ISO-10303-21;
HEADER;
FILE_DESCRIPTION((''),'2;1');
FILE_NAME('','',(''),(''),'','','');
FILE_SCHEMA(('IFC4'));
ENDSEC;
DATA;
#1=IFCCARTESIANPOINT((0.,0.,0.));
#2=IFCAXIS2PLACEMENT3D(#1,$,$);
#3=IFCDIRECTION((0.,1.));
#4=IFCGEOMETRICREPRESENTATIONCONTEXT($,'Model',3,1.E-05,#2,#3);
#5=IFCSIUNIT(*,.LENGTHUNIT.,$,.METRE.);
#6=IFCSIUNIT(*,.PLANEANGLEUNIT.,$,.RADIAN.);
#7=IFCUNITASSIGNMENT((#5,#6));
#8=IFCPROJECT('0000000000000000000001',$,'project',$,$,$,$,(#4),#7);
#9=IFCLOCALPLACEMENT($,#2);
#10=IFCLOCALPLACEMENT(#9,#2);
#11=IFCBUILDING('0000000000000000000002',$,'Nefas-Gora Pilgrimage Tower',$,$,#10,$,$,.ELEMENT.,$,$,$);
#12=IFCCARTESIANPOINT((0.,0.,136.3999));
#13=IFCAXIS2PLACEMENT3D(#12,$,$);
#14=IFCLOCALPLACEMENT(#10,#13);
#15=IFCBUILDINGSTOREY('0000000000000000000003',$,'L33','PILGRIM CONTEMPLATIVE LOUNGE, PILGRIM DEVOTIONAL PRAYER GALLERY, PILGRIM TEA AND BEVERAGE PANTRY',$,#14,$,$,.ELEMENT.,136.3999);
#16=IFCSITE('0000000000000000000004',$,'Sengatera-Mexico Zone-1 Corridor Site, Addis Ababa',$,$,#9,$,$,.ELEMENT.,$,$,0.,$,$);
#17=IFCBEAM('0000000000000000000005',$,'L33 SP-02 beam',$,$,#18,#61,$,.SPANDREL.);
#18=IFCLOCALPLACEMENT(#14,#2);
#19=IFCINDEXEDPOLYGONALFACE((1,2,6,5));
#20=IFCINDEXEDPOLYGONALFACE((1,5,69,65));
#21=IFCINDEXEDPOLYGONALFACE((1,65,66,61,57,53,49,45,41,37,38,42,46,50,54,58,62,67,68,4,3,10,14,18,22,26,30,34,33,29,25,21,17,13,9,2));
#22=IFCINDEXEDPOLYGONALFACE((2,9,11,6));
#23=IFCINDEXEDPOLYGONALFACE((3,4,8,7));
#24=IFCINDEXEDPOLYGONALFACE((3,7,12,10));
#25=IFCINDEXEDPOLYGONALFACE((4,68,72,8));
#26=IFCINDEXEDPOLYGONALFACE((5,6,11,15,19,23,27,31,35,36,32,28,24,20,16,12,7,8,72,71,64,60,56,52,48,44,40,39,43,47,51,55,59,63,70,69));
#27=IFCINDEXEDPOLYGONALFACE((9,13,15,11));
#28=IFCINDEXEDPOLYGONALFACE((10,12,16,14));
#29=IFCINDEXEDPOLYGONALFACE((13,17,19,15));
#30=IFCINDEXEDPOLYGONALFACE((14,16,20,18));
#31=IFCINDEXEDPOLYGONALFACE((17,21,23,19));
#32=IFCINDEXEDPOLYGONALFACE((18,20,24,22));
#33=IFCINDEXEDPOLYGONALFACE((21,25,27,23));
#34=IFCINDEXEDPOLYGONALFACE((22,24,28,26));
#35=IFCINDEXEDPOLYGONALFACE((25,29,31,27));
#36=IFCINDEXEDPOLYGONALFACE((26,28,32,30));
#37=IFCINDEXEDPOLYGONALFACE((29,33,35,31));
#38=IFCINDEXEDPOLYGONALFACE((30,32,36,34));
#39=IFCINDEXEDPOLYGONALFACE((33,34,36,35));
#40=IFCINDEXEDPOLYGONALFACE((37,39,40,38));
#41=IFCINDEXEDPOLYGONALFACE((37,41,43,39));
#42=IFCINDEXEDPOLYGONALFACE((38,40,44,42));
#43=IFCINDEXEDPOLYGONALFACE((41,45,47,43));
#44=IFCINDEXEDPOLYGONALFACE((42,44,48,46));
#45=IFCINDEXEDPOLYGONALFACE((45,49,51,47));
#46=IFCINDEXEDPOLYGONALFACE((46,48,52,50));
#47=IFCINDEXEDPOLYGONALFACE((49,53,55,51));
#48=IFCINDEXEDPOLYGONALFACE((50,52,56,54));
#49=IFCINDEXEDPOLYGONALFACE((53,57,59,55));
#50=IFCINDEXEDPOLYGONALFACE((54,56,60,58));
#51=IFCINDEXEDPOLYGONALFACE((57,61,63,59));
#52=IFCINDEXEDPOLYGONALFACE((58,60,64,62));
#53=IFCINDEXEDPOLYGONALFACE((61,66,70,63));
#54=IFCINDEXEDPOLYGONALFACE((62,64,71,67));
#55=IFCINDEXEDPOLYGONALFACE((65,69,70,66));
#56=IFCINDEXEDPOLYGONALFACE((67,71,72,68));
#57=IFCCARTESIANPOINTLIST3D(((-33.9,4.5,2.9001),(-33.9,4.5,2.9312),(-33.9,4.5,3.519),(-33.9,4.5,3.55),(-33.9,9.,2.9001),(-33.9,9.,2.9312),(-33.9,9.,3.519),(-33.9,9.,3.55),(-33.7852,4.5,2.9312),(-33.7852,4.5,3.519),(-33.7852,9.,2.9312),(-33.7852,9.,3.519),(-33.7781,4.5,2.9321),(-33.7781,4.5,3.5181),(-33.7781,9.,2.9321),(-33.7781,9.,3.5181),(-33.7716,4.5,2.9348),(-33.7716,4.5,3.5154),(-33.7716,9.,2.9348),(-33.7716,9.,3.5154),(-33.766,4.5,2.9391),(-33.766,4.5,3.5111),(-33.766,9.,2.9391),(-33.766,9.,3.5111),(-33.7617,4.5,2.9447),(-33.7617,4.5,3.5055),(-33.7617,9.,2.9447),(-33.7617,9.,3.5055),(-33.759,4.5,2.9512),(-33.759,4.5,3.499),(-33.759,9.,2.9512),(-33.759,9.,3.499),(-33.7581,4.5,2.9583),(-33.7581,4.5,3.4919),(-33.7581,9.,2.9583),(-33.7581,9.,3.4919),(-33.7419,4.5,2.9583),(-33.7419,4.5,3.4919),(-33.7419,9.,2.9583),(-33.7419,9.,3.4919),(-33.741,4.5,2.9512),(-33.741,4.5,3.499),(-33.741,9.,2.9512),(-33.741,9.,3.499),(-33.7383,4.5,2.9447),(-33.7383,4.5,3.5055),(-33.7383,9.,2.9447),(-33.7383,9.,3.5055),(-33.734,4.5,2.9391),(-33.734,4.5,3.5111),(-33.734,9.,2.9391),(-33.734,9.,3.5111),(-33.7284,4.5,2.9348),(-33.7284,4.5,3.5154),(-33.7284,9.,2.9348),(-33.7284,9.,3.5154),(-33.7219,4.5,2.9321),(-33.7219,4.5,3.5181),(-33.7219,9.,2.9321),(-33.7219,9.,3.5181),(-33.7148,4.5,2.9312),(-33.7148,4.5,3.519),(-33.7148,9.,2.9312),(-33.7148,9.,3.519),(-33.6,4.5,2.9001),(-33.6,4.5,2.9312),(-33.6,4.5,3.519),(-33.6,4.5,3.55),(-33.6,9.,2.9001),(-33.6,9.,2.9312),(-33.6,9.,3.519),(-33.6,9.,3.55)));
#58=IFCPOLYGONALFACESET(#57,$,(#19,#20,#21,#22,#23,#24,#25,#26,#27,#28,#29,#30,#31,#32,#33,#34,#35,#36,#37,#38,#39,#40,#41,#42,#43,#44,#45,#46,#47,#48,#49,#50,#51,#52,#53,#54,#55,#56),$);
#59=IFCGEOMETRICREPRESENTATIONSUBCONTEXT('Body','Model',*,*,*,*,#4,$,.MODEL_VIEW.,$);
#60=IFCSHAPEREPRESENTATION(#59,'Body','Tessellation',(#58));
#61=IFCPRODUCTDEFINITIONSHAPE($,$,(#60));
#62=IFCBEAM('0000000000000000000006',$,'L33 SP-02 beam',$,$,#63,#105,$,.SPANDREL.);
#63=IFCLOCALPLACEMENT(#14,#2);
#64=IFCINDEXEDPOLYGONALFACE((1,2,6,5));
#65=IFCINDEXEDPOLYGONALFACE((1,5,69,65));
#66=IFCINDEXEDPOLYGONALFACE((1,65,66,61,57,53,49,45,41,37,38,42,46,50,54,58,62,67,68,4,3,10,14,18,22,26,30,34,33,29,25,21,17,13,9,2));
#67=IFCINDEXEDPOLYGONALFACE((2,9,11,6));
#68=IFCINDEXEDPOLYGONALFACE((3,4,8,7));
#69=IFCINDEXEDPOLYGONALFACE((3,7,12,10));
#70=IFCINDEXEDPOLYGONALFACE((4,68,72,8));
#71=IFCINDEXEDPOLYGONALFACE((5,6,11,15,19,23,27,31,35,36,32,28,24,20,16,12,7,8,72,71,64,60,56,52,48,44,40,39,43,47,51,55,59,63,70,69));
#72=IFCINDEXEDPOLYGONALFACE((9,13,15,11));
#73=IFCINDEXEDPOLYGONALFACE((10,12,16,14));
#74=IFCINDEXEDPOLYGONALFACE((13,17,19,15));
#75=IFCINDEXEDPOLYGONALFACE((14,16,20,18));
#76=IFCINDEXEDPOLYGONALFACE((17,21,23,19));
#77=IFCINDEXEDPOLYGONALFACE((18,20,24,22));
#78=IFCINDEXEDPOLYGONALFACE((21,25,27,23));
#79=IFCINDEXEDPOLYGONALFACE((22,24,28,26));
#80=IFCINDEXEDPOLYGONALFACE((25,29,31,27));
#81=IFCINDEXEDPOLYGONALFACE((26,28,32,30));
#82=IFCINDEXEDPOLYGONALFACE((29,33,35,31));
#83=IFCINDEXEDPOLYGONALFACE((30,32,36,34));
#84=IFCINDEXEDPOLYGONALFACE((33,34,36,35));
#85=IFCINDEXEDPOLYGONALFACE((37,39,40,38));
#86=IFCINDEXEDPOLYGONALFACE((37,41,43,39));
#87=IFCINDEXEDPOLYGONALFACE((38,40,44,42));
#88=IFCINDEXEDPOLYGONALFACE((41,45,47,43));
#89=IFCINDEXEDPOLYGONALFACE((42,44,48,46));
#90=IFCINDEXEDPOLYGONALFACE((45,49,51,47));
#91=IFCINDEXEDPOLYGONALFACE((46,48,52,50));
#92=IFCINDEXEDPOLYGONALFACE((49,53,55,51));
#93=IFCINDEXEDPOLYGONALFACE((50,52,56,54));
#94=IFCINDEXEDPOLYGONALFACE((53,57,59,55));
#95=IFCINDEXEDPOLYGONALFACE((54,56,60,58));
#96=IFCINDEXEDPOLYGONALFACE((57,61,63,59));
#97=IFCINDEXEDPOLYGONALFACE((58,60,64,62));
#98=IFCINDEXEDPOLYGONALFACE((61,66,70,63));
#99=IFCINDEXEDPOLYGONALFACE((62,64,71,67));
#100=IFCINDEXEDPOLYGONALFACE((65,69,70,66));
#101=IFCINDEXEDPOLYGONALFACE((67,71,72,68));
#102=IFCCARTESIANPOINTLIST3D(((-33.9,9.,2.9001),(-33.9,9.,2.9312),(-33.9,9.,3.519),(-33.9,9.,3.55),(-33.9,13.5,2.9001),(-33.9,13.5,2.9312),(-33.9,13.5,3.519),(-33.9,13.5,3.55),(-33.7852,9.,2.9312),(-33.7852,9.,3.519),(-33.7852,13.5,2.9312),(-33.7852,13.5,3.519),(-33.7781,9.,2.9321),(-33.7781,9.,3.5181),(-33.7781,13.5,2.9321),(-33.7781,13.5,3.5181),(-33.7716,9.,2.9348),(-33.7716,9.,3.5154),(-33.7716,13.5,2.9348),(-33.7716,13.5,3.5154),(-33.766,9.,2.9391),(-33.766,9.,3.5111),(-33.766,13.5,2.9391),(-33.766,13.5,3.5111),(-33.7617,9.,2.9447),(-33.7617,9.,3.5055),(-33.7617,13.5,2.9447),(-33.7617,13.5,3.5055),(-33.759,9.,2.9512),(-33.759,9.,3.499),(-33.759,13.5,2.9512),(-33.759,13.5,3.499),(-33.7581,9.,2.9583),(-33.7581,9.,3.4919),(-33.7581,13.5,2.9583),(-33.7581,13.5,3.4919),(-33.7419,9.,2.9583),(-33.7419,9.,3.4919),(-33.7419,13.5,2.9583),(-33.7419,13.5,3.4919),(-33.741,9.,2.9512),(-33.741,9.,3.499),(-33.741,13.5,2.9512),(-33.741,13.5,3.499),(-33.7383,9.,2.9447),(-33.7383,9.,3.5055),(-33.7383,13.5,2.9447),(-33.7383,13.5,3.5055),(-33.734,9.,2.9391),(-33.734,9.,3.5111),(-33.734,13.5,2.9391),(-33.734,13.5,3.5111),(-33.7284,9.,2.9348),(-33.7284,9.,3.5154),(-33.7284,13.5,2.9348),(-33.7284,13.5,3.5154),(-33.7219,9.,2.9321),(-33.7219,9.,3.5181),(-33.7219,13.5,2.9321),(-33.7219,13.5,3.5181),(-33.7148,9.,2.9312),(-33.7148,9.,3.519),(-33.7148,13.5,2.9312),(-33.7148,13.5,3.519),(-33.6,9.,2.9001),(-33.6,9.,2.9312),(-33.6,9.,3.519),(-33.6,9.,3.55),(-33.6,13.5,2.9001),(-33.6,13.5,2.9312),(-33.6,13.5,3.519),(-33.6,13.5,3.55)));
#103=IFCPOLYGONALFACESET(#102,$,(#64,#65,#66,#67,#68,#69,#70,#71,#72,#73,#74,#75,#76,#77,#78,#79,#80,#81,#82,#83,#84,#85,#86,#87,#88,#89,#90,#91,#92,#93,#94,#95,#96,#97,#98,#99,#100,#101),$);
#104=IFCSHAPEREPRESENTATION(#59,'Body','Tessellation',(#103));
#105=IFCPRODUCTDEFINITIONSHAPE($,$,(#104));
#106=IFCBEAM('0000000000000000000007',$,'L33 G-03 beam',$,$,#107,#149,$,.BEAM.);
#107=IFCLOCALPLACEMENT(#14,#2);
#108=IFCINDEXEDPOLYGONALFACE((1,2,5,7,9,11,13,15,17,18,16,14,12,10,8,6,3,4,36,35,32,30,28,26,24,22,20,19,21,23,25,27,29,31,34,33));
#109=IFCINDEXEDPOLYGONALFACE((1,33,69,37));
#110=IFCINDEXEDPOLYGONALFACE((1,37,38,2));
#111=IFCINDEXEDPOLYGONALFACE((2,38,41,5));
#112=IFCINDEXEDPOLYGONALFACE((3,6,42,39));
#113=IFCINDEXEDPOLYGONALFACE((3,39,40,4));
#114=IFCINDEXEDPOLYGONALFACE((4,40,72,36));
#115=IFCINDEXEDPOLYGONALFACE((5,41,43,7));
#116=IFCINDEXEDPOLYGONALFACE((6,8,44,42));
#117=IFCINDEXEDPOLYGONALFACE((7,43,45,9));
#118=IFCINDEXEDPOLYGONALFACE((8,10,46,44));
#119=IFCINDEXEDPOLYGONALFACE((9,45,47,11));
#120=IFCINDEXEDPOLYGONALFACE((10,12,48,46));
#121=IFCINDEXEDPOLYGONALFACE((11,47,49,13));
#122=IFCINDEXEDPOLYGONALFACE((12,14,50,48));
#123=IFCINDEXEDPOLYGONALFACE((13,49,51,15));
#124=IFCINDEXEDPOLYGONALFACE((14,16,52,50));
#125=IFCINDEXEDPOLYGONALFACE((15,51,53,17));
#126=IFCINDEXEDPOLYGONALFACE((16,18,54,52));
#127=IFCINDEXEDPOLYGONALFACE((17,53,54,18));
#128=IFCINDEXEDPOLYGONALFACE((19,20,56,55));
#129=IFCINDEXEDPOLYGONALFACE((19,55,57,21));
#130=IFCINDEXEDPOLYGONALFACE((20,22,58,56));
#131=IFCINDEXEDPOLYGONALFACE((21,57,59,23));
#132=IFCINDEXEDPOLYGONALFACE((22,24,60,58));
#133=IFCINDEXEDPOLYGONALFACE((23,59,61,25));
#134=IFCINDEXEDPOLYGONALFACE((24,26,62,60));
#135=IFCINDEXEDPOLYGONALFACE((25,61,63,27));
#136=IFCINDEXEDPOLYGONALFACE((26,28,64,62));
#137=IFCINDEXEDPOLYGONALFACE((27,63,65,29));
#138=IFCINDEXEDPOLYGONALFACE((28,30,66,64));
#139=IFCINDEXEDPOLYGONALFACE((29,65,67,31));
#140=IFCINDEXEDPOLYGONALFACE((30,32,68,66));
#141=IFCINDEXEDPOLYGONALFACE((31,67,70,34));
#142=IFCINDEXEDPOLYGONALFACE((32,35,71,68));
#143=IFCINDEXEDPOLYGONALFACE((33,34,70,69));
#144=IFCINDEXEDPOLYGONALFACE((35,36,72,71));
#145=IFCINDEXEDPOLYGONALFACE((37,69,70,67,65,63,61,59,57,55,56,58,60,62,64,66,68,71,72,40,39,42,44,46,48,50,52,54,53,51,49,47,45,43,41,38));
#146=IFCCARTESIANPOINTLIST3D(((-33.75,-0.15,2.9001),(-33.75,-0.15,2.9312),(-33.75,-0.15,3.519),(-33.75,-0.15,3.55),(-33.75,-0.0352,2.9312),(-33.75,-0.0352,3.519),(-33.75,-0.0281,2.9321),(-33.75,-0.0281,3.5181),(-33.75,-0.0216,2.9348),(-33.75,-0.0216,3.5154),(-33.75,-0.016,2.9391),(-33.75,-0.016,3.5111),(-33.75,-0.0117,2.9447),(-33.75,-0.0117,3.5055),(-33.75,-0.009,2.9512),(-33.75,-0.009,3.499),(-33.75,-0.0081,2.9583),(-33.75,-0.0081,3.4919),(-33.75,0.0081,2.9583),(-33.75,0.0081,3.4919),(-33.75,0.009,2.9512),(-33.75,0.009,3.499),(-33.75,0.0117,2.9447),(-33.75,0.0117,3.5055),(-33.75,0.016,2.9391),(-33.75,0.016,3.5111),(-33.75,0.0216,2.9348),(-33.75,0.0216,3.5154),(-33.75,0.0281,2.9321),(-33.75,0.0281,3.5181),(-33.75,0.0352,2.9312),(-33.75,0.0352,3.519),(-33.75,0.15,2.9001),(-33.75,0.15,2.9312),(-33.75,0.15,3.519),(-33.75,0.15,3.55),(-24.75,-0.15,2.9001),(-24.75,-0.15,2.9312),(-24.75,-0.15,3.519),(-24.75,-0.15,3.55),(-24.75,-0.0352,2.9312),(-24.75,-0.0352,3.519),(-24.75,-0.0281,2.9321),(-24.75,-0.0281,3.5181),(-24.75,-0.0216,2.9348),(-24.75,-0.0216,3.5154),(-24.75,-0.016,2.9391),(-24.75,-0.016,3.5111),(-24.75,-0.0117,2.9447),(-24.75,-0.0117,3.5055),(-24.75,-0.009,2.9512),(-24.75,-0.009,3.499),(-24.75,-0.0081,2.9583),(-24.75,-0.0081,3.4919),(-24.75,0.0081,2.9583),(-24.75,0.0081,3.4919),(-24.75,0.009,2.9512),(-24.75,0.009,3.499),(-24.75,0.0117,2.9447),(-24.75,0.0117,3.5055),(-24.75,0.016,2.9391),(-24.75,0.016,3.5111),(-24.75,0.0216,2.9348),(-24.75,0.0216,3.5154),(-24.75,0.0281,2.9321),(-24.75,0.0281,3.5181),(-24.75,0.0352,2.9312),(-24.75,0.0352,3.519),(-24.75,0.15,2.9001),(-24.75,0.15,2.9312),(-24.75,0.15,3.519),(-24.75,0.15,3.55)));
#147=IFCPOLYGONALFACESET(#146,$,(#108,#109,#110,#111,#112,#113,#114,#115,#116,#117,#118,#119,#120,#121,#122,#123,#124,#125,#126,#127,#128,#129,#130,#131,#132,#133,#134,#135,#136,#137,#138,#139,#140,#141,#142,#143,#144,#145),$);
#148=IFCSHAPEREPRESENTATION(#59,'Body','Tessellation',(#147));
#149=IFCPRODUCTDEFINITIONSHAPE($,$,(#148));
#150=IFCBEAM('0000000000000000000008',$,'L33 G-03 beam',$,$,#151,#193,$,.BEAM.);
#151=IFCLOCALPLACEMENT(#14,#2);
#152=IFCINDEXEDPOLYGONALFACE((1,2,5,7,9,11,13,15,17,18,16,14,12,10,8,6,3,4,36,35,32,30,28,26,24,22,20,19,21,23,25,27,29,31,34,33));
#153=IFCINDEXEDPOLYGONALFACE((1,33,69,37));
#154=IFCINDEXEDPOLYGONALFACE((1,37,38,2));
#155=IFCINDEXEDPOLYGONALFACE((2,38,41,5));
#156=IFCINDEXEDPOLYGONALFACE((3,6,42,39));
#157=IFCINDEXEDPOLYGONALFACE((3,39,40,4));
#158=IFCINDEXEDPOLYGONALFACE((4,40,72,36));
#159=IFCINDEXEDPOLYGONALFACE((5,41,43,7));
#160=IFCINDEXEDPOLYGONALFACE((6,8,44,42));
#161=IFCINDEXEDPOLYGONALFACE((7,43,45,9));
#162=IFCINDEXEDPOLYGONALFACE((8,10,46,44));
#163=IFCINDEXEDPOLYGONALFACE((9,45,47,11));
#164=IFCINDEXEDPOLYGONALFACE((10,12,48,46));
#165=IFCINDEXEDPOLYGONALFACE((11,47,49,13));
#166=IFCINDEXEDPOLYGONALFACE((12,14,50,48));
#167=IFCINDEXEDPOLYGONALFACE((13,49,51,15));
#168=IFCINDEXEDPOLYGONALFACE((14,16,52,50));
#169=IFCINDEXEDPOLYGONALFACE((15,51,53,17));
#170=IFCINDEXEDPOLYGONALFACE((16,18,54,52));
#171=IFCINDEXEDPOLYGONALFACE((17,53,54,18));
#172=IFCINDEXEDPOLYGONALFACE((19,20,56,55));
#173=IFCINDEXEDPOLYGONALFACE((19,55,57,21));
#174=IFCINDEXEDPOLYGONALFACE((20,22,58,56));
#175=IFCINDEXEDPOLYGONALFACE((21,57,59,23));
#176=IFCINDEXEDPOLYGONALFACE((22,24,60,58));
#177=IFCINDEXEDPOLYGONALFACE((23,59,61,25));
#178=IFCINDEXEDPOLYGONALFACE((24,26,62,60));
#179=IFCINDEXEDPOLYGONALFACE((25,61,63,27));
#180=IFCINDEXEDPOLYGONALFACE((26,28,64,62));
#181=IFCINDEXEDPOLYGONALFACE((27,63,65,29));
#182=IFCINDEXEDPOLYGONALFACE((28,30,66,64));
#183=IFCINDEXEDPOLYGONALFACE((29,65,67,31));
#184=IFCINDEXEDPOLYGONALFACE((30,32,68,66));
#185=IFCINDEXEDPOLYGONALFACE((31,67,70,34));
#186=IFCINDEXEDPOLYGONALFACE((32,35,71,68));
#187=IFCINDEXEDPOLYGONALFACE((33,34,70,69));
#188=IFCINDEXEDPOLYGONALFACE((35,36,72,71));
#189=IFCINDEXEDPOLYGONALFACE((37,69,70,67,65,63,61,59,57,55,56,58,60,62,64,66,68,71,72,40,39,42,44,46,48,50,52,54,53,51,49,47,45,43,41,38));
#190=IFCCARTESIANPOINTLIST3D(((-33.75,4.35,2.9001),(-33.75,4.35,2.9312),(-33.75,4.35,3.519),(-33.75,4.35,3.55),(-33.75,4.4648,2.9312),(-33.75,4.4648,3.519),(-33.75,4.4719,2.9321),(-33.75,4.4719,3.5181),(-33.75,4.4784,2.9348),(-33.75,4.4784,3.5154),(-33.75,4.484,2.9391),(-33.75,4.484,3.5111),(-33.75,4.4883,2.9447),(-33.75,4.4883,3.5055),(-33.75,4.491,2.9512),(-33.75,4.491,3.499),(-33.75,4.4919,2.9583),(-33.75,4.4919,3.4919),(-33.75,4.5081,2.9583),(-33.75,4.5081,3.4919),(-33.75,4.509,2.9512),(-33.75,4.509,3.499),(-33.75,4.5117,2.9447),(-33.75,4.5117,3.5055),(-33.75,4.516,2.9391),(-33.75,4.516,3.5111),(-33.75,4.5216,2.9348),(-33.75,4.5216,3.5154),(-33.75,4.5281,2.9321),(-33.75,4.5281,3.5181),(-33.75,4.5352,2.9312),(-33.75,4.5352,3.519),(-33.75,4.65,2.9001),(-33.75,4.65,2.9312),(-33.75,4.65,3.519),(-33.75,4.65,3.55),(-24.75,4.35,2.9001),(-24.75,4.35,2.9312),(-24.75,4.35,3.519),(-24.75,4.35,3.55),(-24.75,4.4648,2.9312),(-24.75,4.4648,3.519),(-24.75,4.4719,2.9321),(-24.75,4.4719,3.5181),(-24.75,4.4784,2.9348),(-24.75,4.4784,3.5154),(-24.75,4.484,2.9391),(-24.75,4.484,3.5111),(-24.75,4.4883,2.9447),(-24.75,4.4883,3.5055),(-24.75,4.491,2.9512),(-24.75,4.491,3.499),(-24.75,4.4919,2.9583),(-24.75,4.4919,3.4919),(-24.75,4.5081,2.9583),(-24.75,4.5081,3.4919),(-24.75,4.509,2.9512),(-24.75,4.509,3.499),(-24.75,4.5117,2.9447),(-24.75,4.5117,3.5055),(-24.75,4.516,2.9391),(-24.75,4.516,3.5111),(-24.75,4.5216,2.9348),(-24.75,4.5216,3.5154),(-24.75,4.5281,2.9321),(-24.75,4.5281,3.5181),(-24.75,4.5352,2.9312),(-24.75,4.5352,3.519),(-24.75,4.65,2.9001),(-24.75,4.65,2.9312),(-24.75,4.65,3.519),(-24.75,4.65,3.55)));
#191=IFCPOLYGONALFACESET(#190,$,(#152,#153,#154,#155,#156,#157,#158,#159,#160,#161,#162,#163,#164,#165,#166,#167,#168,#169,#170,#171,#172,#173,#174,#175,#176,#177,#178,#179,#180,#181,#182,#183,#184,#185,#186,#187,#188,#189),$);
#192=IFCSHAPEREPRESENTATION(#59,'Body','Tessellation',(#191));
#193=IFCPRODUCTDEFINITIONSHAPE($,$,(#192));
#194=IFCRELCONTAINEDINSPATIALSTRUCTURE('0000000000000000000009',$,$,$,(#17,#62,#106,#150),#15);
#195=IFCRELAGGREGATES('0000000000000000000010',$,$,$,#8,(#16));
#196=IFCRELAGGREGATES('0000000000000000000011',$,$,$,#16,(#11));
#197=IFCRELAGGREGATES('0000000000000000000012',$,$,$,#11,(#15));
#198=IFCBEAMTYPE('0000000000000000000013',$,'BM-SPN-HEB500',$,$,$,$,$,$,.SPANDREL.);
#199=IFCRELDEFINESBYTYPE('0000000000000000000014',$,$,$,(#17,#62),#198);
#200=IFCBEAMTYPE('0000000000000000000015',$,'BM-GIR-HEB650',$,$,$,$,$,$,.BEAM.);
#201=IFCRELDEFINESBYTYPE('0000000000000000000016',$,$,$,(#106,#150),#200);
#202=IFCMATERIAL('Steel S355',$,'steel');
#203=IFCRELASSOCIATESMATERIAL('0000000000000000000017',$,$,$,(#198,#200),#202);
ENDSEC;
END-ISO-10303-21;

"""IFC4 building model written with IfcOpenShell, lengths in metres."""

from ifc_helpers import new_model, si_unit, direction, frame, origin, origin_2d, place, context, subcontext, project, spatial, i_section, extrude, source, transform, mapped, material, material_profile, profile_set, type_object, element, save


model = new_model("IFC4")

# Units and contexts
model_context = context("Model", 3, precision=1e-05, world=origin(), true_north=direction((0.0, 1.0)))
body_context = subcontext(model_context, "Body", "Model", "MODEL_VIEW")
ifc_project = project(units=[si_unit("LENGTHUNIT", "METRE"), si_unit("PLANEANGLEUNIT", "RADIAN")], contexts=[model_context])

# Site, building, storey
site_placement = place(None, origin())
site = spatial("IfcSite", under=ifc_project, at=site_placement, Name="Sengatera-Mexico Zone-1 Corridor Site, Addis Ababa", CompositionType="ELEMENT", RefElevation=0.0)
building_placement = place(site_placement, origin())
building = spatial("IfcBuilding", under=site, at=building_placement, Name="Nefas-Gora Pilgrimage Tower", CompositionType="ELEMENT")
storey_placement = place(building_placement, frame((0.0, 0.0, 136.3999)))
storey = spatial("IfcBuildingStorey", under=building, at=storey_placement, Name="L33", Description="PILGRIM CONTEMPLATIVE LOUNGE, PILGRIM DEVOTIONAL PRAYER GALLERY, PILGRIM TEA AND BEVERAGE PANTRY", CompositionType="ELEMENT", Elevation=136.3999)

# Beams
ifc_material_1 = material(Name="Steel S355", Category="steel")
ifc_material_profile_1 = material_profile(ifc_material_1, i_section(OverallWidth=0.3, OverallDepth=0.6499, WebThickness=0.0161, FlangeThickness=0.031, FilletRadius=0.0271, at=origin_2d()), Name="HEB 650")
ifc_profile_set_1 = profile_set([ifc_material_profile_1], Name="Steel S355")
beam_type_1 = type_object("IfcBeamType", Name="BM-SPN-HEB500", PredefinedType="SPANDREL", material=ifc_profile_set_1)
shared_shape_1 = source(origin(), body_context, "Body", "SweptSolid", [
    extrude(i_section(OverallWidth=0.3, OverallDepth=0.6499, WebThickness=0.0161, FlangeThickness=0.031, FilletRadius=0.0271, at=origin_2d()), origin(), (0.0, 0.0, 1.0), 4.5),
])
for number, where, z_axis, x_axis, name in (
    (1, (-33.75, 4.5, 3.2251), (0.0, 1.0, 0.0), (-1.0, 0.0, 0.0), "L33 SP-02 beam"),
    (2, (-33.75, 9.0, 3.2251), (0.0, 1.0, 0.0), (-1.0, 0.0, 0.0), "L33 SP-02 beam"),
):
    element("IfcBeam", number, at=place(storey_placement, frame(where, z_axis=z_axis, x_axis=x_axis)), inside=storey, type_object=beam_type_1, Name=name, PredefinedType="SPANDREL", context=body_context, shape_type="MappedRepresentation", body=[
        mapped(shared_shape_1, transform((0.0, 0.0, 0.0), x_axis=(1.0, 0.0, 0.0), y_axis=(0.0, 1.0, 0.0), z_axis=(0.0, 0.0, 1.0), scale=1.0)),
    ])
ifc_material_profile_2 = material_profile(ifc_material_1, i_section(OverallWidth=0.3, OverallDepth=0.6499, WebThickness=0.0161, FlangeThickness=0.031, FilletRadius=0.0271, at=origin_2d()), Name="HEB 650")
ifc_profile_set_2 = profile_set([ifc_material_profile_2], Name="Steel S355")
beam_type_2 = type_object("IfcBeamType", Name="BM-GIR-HEB650", PredefinedType="BEAM", material=ifc_profile_set_2)
shared_shape_2 = source(origin(), body_context, "Body", "SweptSolid", [
    extrude(i_section(OverallWidth=0.3, OverallDepth=0.6499, WebThickness=0.0161, FlangeThickness=0.031, FilletRadius=0.0271, at=origin_2d()), origin(), (0.0, 0.0, 1.0), 9.0),
])
for number, where, z_axis, x_axis, name in (
    (3, (-33.75, 0.0, 3.2251), (1.0, 0.0, 0.0), (0.0, 1.0, 0.0), "L33 G-03 beam"),
    (4, (-33.75, 4.5, 3.2251), (1.0, 0.0, 0.0), (0.0, 1.0, 0.0), "L33 G-03 beam"),
):
    element("IfcBeam", number, at=place(storey_placement, frame(where, z_axis=z_axis, x_axis=x_axis)), inside=storey, type_object=beam_type_2, Name=name, PredefinedType="BEAM", context=body_context, shape_type="MappedRepresentation", body=[
        mapped(shared_shape_2, transform((0.0, 0.0, 0.0), x_axis=(1.0, 0.0, 0.0), y_axis=(0.0, 1.0, 0.0), z_axis=(0.0, 0.0, 1.0), scale=1.0)),
    ])

save(model, "model.ifc")
